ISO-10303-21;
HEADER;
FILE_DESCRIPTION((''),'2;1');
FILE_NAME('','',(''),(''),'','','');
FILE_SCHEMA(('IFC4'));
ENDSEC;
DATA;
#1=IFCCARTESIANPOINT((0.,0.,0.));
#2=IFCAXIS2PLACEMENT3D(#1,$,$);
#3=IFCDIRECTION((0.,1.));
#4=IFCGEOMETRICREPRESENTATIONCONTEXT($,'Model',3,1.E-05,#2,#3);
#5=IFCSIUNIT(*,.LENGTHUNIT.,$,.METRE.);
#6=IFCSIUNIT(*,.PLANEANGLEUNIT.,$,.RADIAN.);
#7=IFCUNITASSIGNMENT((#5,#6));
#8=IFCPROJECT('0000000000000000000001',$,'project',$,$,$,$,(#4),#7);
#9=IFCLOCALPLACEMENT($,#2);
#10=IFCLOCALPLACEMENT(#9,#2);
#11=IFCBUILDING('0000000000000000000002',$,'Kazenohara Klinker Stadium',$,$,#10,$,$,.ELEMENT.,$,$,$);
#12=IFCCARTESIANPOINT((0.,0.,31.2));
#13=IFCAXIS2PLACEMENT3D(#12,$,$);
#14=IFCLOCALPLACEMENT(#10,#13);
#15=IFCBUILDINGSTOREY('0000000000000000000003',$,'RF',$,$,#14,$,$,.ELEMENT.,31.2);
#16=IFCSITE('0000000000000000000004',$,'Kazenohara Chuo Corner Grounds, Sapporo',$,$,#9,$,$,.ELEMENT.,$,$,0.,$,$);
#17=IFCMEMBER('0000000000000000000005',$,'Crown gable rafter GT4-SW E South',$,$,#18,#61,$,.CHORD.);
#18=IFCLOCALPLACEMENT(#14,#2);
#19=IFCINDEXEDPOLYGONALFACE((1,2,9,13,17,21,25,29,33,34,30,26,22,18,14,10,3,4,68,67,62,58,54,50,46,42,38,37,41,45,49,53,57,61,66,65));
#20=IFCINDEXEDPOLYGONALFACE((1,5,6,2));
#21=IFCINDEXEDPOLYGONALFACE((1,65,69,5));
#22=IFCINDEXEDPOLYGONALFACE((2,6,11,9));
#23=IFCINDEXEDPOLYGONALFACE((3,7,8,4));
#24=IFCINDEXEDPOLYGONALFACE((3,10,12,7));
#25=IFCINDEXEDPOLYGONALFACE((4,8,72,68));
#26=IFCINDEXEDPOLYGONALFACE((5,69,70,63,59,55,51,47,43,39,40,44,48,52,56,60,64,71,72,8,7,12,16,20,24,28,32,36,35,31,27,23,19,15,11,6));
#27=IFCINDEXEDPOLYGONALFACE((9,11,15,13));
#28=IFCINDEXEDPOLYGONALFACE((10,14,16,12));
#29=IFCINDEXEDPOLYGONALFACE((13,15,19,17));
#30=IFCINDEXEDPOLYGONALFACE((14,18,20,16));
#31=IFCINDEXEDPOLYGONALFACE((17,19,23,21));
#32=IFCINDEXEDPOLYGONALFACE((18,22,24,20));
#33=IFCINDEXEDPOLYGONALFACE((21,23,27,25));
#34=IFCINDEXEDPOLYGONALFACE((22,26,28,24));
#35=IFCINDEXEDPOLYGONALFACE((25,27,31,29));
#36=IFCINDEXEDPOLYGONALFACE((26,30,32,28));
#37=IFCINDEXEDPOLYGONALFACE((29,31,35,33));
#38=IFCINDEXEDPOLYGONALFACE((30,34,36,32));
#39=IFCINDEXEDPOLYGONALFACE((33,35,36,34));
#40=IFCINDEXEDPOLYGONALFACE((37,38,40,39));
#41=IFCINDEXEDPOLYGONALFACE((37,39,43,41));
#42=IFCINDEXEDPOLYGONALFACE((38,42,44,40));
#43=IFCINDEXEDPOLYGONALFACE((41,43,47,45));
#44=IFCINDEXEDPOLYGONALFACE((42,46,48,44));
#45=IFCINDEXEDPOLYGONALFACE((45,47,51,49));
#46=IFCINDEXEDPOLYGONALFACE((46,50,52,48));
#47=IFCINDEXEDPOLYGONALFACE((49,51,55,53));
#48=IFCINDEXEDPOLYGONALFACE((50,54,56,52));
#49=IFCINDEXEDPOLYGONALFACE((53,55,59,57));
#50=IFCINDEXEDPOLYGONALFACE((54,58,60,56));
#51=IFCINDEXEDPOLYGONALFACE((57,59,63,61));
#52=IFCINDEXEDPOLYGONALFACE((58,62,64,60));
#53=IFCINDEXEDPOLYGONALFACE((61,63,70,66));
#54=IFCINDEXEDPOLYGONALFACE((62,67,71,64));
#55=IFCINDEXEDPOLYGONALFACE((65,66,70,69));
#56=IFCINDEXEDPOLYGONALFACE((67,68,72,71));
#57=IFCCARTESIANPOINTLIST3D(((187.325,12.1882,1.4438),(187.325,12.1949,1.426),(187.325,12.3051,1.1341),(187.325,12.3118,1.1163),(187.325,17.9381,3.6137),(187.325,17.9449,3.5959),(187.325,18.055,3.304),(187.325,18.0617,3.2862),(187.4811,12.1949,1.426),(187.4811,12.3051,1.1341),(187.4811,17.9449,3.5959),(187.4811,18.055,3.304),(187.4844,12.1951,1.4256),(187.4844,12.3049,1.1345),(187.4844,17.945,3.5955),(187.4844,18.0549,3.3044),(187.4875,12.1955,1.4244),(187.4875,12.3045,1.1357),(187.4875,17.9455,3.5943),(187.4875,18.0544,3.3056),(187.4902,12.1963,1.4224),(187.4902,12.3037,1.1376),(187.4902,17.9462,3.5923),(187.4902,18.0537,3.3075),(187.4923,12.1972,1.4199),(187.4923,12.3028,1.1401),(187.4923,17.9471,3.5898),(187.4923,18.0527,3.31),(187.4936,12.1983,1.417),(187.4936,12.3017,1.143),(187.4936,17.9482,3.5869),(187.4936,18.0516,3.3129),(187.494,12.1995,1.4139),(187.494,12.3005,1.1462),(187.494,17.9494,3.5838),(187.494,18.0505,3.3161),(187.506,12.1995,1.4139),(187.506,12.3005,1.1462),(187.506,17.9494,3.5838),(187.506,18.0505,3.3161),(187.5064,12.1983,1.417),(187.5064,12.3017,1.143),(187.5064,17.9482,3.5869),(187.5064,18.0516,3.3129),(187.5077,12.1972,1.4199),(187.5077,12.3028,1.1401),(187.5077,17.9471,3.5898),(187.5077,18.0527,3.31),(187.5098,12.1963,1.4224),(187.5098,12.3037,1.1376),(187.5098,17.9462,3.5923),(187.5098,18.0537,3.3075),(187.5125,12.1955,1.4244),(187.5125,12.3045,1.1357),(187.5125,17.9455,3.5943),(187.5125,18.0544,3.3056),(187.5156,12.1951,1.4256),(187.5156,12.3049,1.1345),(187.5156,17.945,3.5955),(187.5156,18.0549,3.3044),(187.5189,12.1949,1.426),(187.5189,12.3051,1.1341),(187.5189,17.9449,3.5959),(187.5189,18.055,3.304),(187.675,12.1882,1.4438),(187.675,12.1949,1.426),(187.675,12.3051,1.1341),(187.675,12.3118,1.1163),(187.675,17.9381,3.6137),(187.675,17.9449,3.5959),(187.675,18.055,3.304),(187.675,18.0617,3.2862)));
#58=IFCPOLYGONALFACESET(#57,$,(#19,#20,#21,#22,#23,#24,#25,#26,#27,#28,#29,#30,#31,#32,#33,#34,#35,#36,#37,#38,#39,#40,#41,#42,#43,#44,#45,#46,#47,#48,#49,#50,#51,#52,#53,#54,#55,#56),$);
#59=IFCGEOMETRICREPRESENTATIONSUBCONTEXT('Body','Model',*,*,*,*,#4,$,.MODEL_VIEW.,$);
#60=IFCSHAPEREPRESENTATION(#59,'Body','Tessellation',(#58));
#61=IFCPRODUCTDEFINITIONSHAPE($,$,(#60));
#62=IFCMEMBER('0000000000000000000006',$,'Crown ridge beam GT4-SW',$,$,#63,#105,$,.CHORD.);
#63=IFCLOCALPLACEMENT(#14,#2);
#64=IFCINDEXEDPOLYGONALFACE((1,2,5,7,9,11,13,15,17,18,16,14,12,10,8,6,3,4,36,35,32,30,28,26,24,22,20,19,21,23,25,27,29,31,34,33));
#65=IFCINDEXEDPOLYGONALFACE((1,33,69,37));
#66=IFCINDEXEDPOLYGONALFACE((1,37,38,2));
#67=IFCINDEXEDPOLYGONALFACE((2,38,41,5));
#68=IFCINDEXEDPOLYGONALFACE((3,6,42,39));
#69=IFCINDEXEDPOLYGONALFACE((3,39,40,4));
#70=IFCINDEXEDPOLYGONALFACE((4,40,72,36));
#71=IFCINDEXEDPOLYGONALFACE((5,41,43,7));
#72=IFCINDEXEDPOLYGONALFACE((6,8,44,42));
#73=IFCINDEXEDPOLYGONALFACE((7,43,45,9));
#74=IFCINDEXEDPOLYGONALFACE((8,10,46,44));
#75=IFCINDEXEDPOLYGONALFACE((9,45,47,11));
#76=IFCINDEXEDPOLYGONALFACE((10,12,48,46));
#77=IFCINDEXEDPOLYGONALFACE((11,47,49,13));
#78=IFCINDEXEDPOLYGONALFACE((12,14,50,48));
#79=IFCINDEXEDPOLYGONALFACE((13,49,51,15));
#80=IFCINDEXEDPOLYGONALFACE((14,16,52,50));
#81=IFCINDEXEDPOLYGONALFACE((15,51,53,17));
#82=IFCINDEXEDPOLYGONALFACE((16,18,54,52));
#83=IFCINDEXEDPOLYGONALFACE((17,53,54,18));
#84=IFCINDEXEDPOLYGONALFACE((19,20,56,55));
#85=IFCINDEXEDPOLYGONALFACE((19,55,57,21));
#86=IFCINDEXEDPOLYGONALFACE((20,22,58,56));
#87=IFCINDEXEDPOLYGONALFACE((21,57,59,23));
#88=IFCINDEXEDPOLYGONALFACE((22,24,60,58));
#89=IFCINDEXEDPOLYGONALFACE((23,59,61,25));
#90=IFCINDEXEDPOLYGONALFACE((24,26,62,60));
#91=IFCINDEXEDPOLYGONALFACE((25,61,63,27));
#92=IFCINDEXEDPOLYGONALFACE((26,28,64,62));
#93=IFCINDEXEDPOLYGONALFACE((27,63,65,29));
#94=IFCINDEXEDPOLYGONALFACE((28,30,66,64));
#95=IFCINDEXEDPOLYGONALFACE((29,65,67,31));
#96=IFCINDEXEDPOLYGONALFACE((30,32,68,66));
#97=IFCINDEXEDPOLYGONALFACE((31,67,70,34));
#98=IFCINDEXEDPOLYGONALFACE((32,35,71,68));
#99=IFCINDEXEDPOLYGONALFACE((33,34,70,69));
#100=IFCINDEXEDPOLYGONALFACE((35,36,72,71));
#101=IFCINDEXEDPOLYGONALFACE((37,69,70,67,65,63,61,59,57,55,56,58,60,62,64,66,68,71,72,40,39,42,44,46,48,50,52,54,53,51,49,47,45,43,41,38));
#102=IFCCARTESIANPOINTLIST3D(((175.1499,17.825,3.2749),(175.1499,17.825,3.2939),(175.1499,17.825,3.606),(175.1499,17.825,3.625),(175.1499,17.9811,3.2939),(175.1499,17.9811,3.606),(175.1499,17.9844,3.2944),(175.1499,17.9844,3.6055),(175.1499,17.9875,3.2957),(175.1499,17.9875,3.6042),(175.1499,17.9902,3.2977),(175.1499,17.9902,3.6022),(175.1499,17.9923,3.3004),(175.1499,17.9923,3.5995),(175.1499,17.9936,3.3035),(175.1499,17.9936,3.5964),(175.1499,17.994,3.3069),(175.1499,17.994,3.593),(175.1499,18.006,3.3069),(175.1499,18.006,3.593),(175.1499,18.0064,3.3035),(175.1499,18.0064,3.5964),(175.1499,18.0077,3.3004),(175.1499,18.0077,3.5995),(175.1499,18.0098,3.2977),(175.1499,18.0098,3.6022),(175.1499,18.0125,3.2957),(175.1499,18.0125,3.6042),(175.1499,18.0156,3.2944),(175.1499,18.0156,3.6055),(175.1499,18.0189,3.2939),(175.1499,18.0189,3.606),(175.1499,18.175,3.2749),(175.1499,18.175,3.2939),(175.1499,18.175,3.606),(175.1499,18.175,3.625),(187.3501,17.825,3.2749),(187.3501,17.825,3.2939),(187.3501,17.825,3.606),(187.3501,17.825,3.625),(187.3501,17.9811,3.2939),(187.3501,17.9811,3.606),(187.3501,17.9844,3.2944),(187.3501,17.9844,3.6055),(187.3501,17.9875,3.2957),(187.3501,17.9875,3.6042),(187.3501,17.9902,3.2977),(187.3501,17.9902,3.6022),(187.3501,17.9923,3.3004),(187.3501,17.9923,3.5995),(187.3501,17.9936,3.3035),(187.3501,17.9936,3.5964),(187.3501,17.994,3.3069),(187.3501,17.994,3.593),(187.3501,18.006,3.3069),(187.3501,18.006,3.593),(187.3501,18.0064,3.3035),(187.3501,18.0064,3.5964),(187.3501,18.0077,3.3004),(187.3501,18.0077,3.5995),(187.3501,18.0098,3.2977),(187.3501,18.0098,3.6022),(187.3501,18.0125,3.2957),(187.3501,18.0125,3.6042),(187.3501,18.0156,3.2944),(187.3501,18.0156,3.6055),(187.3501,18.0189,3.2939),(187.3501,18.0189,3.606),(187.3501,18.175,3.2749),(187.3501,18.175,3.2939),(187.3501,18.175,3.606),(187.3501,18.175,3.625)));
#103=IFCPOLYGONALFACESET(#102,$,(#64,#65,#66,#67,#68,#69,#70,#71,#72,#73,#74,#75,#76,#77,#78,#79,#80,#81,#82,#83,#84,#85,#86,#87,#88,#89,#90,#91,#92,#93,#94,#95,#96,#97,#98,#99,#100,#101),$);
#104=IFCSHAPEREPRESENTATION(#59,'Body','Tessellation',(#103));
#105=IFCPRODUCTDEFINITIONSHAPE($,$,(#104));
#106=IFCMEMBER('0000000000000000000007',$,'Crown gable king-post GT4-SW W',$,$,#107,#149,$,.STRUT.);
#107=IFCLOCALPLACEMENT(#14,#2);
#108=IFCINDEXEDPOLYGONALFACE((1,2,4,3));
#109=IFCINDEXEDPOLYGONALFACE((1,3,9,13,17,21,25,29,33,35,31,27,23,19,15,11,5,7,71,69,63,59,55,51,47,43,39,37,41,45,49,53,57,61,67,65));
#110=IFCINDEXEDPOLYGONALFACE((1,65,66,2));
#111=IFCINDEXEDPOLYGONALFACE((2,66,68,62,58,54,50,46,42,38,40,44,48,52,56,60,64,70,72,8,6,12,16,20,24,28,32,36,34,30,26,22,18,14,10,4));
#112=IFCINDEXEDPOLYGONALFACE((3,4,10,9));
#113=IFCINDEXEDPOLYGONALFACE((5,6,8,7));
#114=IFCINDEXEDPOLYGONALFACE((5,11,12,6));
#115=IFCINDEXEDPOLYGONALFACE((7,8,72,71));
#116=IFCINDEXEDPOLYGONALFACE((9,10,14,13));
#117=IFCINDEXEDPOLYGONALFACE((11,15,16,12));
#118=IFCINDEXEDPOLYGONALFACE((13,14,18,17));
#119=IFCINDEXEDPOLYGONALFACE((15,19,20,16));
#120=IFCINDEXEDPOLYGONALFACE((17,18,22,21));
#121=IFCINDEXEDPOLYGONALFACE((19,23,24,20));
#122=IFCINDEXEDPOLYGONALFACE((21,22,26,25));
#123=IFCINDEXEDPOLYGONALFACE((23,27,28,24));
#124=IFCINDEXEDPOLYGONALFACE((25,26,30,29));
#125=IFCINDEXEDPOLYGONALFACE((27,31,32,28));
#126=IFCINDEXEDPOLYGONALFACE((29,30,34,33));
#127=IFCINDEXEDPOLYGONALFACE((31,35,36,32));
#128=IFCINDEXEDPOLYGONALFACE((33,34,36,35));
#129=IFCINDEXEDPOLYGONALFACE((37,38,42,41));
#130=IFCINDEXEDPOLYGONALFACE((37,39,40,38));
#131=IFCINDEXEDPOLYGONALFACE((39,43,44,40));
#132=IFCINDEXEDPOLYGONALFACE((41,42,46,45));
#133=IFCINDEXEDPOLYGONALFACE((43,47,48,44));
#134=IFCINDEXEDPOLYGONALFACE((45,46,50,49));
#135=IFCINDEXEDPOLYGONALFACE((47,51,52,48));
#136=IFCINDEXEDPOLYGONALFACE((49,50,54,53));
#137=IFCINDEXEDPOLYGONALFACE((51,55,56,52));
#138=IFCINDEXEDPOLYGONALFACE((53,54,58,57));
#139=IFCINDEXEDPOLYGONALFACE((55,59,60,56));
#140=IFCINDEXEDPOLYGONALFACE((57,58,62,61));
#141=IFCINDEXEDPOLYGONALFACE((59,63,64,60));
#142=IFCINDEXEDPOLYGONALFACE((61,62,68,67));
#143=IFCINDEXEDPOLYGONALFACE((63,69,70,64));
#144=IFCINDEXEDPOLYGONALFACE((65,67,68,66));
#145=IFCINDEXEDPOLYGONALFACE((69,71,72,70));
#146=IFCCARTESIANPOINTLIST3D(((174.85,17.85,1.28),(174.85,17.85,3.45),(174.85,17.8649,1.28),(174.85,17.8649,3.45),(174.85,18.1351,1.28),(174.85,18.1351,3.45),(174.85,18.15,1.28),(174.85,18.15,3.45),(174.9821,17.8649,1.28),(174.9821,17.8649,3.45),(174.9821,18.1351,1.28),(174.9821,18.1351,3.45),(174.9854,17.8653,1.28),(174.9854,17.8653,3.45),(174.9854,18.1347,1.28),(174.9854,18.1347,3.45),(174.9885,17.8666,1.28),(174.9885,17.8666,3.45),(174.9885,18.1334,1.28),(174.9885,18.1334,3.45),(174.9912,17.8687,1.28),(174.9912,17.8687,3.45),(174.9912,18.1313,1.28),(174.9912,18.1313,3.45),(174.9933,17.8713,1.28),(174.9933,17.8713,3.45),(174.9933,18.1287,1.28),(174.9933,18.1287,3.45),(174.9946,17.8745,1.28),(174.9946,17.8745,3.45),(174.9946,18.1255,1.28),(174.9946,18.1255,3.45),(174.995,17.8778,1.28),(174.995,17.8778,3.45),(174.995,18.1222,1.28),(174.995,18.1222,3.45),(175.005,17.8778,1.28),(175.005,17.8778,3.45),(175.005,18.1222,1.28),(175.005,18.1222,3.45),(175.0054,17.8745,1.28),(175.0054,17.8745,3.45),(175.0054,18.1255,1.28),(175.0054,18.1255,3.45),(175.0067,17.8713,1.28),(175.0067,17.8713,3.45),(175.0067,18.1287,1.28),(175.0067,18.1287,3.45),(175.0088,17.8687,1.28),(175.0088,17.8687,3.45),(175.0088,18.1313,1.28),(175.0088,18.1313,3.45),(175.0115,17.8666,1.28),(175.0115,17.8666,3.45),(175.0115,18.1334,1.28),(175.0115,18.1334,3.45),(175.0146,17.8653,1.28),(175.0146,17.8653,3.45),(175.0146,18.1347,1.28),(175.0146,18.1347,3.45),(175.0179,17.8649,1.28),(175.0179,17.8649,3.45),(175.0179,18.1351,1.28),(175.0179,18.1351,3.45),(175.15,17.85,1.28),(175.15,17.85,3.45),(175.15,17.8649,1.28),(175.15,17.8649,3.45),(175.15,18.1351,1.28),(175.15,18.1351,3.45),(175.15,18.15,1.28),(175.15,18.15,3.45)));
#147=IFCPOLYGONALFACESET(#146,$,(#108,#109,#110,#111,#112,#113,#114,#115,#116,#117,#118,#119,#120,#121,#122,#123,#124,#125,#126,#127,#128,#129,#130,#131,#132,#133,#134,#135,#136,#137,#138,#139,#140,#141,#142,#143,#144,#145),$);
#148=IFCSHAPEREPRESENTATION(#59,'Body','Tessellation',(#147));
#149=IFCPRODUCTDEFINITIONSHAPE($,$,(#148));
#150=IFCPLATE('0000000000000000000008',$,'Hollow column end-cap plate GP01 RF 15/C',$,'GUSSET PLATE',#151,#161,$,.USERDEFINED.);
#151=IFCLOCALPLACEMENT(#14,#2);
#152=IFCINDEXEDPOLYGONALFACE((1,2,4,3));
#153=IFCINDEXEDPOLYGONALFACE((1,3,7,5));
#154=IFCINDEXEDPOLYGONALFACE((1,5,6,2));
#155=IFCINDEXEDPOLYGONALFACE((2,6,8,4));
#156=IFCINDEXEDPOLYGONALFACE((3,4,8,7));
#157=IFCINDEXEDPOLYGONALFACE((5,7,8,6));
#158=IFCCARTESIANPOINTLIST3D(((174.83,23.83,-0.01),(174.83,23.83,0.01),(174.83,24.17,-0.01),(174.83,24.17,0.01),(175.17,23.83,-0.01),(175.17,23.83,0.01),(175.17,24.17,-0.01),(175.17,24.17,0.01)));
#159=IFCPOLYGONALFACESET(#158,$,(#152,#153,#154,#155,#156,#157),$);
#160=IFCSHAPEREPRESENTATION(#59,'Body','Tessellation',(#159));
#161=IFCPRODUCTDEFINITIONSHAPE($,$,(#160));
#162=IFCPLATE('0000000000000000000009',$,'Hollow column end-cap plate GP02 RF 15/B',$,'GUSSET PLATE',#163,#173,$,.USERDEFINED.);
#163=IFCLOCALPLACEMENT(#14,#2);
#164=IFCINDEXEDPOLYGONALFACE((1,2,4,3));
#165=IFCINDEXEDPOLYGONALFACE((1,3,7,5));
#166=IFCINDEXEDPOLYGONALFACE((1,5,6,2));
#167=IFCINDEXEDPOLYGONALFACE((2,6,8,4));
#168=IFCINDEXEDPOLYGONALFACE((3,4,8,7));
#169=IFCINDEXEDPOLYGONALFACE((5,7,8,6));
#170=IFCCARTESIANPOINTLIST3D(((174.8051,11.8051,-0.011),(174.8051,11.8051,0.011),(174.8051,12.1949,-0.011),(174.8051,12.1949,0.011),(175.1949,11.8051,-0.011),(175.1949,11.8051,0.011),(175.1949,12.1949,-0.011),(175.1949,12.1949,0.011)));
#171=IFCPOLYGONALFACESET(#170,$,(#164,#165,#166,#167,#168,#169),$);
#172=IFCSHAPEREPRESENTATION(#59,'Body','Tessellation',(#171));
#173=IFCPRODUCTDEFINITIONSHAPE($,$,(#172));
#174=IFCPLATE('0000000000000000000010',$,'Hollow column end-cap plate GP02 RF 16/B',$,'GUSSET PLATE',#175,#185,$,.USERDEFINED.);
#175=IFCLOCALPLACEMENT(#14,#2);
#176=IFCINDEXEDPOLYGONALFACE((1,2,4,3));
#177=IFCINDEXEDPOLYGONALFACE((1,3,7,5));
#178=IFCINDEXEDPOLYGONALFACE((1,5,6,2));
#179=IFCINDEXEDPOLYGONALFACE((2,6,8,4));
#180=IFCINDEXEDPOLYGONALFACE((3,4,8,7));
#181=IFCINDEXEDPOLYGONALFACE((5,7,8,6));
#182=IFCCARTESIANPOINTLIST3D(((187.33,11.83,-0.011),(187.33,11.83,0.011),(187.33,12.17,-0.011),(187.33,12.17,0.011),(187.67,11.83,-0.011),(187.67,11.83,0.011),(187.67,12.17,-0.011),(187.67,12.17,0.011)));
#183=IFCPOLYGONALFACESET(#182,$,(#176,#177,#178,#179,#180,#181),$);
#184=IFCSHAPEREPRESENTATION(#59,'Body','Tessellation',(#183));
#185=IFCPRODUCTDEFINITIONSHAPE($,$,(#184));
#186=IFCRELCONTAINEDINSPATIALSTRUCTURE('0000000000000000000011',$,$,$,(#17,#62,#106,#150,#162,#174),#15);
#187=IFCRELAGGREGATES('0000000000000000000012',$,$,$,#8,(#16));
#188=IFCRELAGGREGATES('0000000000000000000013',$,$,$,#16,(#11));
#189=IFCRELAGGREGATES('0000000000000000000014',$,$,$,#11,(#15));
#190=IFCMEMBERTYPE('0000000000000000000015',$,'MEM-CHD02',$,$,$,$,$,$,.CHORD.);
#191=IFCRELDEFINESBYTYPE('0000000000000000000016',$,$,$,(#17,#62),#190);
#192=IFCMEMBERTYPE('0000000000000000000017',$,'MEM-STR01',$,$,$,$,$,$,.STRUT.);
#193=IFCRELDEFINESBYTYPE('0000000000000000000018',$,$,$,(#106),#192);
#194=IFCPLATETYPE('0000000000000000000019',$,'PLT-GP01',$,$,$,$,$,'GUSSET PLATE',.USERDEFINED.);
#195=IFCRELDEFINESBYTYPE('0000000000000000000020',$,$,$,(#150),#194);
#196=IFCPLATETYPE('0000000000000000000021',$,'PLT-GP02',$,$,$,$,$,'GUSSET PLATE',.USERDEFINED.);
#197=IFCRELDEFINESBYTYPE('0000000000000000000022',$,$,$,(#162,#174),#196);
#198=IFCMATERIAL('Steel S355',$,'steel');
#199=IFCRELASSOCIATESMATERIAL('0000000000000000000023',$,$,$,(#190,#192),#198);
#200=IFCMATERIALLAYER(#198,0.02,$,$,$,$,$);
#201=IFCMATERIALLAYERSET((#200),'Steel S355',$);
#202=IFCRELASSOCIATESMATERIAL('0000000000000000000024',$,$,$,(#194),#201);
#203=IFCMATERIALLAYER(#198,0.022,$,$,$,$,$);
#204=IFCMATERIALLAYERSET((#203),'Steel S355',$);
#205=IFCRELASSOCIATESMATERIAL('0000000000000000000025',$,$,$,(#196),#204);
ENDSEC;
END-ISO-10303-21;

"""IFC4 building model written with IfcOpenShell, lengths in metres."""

from ifc_helpers import new_model, si_unit, direction, frame, origin, origin_2d, place, context, subcontext, project, spatial, rectangle, i_section, extrude, material, layer, layer_set, material_profile, profile_set, type_object, element, save


model = new_model("IFC4")

# Units and contexts
model_context = context("Model", 3, precision=1e-05, world=origin(), true_north=direction((0.0, 1.0)))
body_context = subcontext(model_context, "Body", "Model", "MODEL_VIEW")
ifc_project = project(units=[si_unit("LENGTHUNIT", "METRE"), si_unit("PLANEANGLEUNIT", "RADIAN")], contexts=[model_context])

# Site, building, storey
site_placement = place(None, origin())
site = spatial("IfcSite", under=ifc_project, at=site_placement, Name="Kazenohara Chuo Corner Grounds, Sapporo", CompositionType="ELEMENT", RefElevation=0.0)
building_placement = place(site_placement, origin())
building = spatial("IfcBuilding", under=site, at=building_placement, Name="Kazenohara Klinker Stadium", CompositionType="ELEMENT")
storey_placement = place(building_placement, frame((0.0, 0.0, 31.2)))
storey = spatial("IfcBuildingStorey", under=building, at=storey_placement, Name="RF", CompositionType="ELEMENT", Elevation=31.2)

# Members
ifc_material_1 = material(Name="Steel S355", Category="steel")
ifc_material_profile_1 = material_profile(ifc_material_1, i_section(OverallWidth=0.3501, OverallDepth=0.3501, WebThickness=0.012, FlangeThickness=0.019, FilletRadius=0.0129, at=origin_2d()), Name="H-350x350x12x19")
ifc_profile_set_1 = profile_set([ifc_material_profile_1], Name="Steel S355")
member_type_1 = type_object("IfcMemberType", Name="MEM-CHD02", PredefinedType="CHORD", material=ifc_profile_set_1)
for number, where, z_axis, x_axis, name in (
    (1, (187.5, 12.25, 1.28), (0.0, 0.935596, 0.353073), (-1.0, 0.0, 0.0), "Crown gable rafter GT4-SW E South"),
):
    element("IfcMember", number, at=place(storey_placement, frame(where, z_axis=z_axis, x_axis=x_axis)), inside=storey, type_object=member_type_1, Name=name, PredefinedType="CHORD", context=body_context, shape_type="SweptSolid", body=[
        extrude(i_section(OverallWidth=0.3501, OverallDepth=0.3501, WebThickness=0.012, FlangeThickness=0.019, FilletRadius=0.0129, at=origin_2d()), origin(), (0.0, 0.0, 1.0), 6.1458),
    ])
member_1_placement = place(storey_placement, frame((175.1499, 18.0, 3.45), z_axis=(1.0, 0.0, 0.0), x_axis=(0.0, 1.0, 0.0)))
element("IfcMember", 2, at=member_1_placement, inside=storey, type_object=member_type_1, Name="Crown ridge beam GT4-SW", PredefinedType="CHORD", context=body_context, shape_type="SweptSolid", body=[
    extrude(i_section(OverallWidth=0.3501, OverallDepth=0.3501, WebThickness=0.012, FlangeThickness=0.019, FilletRadius=0.0129, at=origin_2d()), origin(), (0.0, 0.0, 1.0), 12.2002),
])
ifc_material_profile_2 = material_profile(ifc_material_1, i_section(OverallWidth=0.3, OverallDepth=0.3, WebThickness=0.01, FlangeThickness=0.0149, FilletRadius=0.0129, at=origin_2d()), Name="H-300x300x10x15")
ifc_profile_set_2 = profile_set([ifc_material_profile_2], Name="Steel S355")
member_type_2 = type_object("IfcMemberType", Name="MEM-STR01", PredefinedType="STRUT", material=ifc_profile_set_2)
member_2_placement = place(storey_placement, frame((175.0, 18.0, 1.28), z_axis=(0.0, 0.0, 1.0), x_axis=(1.0, 0.0, 0.0)))
element("IfcMember", 3, at=member_2_placement, inside=storey, type_object=member_type_2, Name="Crown gable king-post GT4-SW W", PredefinedType="STRUT", context=body_context, shape_type="SweptSolid", body=[
    extrude(i_section(OverallWidth=0.3, OverallDepth=0.3, WebThickness=0.01, FlangeThickness=0.0149, FilletRadius=0.0129, at=origin_2d()), origin(), (0.0, 0.0, 1.0), 2.1699),
])

# Plates
ifc_layer_1 = layer(ifc_material_1, 0.02)
ifc_layer_set_1 = layer_set([ifc_layer_1], Name="Steel S355")
plate_type_1 = type_object("IfcPlateType", Name="PLT-GP01", ElementType="GUSSET PLATE", PredefinedType="USERDEFINED", material=ifc_layer_set_1)
plate_1_placement = place(storey_placement, frame((175.0, 24.0, -0.01), z_axis=(0.0, 0.0, 1.0), x_axis=(1.0, 0.0, 0.0)))
element("IfcPlate", 4, at=plate_1_placement, inside=storey, type_object=plate_type_1, Name="Hollow column end-cap plate GP01 RF 15/C", ObjectType="GUSSET PLATE", PredefinedType="USERDEFINED", context=body_context, shape_type="SweptSolid", body=[
    extrude(rectangle(XDim=0.3401, YDim=0.3401, at=origin_2d()), origin(), (0.0, 0.0, 1.0), 0.02),
])
ifc_layer_2 = layer(ifc_material_1, 0.022)
ifc_layer_set_2 = layer_set([ifc_layer_2], Name="Steel S355")
plate_type_2 = type_object("IfcPlateType", Name="PLT-GP02", ElementType="GUSSET PLATE", PredefinedType="USERDEFINED", material=ifc_layer_set_2)
plate_2_placement = place(storey_placement, frame((175.0, 12.0, -0.011), z_axis=(0.0, 0.0, 1.0), x_axis=(1.0, 0.0, 0.0)))
element("IfcPlate", 5, at=plate_2_placement, inside=storey, type_object=plate_type_2, Name="Hollow column end-cap plate GP02 RF 15/B", ObjectType="GUSSET PLATE", PredefinedType="USERDEFINED", context=body_context, shape_type="SweptSolid", body=[
    extrude(rectangle(XDim=0.3899, YDim=0.3899, at=origin_2d()), origin(), (0.0, 0.0, 1.0), 0.022),
])
plate_3_placement = place(storey_placement, frame((187.5, 12.0, -0.011), z_axis=(0.0, 0.0, 1.0), x_axis=(1.0, 0.0, 0.0)))
element("IfcPlate", 6, at=plate_3_placement, inside=storey, type_object=plate_type_2, Name="Hollow column end-cap plate GP02 RF 16/B", ObjectType="GUSSET PLATE", PredefinedType="USERDEFINED", context=body_context, shape_type="SweptSolid", body=[
    extrude(rectangle(XDim=0.3401, YDim=0.3401, at=origin_2d()), origin(), (0.0, 0.0, 1.0), 0.022),
])

save(model, "model.ifc")
